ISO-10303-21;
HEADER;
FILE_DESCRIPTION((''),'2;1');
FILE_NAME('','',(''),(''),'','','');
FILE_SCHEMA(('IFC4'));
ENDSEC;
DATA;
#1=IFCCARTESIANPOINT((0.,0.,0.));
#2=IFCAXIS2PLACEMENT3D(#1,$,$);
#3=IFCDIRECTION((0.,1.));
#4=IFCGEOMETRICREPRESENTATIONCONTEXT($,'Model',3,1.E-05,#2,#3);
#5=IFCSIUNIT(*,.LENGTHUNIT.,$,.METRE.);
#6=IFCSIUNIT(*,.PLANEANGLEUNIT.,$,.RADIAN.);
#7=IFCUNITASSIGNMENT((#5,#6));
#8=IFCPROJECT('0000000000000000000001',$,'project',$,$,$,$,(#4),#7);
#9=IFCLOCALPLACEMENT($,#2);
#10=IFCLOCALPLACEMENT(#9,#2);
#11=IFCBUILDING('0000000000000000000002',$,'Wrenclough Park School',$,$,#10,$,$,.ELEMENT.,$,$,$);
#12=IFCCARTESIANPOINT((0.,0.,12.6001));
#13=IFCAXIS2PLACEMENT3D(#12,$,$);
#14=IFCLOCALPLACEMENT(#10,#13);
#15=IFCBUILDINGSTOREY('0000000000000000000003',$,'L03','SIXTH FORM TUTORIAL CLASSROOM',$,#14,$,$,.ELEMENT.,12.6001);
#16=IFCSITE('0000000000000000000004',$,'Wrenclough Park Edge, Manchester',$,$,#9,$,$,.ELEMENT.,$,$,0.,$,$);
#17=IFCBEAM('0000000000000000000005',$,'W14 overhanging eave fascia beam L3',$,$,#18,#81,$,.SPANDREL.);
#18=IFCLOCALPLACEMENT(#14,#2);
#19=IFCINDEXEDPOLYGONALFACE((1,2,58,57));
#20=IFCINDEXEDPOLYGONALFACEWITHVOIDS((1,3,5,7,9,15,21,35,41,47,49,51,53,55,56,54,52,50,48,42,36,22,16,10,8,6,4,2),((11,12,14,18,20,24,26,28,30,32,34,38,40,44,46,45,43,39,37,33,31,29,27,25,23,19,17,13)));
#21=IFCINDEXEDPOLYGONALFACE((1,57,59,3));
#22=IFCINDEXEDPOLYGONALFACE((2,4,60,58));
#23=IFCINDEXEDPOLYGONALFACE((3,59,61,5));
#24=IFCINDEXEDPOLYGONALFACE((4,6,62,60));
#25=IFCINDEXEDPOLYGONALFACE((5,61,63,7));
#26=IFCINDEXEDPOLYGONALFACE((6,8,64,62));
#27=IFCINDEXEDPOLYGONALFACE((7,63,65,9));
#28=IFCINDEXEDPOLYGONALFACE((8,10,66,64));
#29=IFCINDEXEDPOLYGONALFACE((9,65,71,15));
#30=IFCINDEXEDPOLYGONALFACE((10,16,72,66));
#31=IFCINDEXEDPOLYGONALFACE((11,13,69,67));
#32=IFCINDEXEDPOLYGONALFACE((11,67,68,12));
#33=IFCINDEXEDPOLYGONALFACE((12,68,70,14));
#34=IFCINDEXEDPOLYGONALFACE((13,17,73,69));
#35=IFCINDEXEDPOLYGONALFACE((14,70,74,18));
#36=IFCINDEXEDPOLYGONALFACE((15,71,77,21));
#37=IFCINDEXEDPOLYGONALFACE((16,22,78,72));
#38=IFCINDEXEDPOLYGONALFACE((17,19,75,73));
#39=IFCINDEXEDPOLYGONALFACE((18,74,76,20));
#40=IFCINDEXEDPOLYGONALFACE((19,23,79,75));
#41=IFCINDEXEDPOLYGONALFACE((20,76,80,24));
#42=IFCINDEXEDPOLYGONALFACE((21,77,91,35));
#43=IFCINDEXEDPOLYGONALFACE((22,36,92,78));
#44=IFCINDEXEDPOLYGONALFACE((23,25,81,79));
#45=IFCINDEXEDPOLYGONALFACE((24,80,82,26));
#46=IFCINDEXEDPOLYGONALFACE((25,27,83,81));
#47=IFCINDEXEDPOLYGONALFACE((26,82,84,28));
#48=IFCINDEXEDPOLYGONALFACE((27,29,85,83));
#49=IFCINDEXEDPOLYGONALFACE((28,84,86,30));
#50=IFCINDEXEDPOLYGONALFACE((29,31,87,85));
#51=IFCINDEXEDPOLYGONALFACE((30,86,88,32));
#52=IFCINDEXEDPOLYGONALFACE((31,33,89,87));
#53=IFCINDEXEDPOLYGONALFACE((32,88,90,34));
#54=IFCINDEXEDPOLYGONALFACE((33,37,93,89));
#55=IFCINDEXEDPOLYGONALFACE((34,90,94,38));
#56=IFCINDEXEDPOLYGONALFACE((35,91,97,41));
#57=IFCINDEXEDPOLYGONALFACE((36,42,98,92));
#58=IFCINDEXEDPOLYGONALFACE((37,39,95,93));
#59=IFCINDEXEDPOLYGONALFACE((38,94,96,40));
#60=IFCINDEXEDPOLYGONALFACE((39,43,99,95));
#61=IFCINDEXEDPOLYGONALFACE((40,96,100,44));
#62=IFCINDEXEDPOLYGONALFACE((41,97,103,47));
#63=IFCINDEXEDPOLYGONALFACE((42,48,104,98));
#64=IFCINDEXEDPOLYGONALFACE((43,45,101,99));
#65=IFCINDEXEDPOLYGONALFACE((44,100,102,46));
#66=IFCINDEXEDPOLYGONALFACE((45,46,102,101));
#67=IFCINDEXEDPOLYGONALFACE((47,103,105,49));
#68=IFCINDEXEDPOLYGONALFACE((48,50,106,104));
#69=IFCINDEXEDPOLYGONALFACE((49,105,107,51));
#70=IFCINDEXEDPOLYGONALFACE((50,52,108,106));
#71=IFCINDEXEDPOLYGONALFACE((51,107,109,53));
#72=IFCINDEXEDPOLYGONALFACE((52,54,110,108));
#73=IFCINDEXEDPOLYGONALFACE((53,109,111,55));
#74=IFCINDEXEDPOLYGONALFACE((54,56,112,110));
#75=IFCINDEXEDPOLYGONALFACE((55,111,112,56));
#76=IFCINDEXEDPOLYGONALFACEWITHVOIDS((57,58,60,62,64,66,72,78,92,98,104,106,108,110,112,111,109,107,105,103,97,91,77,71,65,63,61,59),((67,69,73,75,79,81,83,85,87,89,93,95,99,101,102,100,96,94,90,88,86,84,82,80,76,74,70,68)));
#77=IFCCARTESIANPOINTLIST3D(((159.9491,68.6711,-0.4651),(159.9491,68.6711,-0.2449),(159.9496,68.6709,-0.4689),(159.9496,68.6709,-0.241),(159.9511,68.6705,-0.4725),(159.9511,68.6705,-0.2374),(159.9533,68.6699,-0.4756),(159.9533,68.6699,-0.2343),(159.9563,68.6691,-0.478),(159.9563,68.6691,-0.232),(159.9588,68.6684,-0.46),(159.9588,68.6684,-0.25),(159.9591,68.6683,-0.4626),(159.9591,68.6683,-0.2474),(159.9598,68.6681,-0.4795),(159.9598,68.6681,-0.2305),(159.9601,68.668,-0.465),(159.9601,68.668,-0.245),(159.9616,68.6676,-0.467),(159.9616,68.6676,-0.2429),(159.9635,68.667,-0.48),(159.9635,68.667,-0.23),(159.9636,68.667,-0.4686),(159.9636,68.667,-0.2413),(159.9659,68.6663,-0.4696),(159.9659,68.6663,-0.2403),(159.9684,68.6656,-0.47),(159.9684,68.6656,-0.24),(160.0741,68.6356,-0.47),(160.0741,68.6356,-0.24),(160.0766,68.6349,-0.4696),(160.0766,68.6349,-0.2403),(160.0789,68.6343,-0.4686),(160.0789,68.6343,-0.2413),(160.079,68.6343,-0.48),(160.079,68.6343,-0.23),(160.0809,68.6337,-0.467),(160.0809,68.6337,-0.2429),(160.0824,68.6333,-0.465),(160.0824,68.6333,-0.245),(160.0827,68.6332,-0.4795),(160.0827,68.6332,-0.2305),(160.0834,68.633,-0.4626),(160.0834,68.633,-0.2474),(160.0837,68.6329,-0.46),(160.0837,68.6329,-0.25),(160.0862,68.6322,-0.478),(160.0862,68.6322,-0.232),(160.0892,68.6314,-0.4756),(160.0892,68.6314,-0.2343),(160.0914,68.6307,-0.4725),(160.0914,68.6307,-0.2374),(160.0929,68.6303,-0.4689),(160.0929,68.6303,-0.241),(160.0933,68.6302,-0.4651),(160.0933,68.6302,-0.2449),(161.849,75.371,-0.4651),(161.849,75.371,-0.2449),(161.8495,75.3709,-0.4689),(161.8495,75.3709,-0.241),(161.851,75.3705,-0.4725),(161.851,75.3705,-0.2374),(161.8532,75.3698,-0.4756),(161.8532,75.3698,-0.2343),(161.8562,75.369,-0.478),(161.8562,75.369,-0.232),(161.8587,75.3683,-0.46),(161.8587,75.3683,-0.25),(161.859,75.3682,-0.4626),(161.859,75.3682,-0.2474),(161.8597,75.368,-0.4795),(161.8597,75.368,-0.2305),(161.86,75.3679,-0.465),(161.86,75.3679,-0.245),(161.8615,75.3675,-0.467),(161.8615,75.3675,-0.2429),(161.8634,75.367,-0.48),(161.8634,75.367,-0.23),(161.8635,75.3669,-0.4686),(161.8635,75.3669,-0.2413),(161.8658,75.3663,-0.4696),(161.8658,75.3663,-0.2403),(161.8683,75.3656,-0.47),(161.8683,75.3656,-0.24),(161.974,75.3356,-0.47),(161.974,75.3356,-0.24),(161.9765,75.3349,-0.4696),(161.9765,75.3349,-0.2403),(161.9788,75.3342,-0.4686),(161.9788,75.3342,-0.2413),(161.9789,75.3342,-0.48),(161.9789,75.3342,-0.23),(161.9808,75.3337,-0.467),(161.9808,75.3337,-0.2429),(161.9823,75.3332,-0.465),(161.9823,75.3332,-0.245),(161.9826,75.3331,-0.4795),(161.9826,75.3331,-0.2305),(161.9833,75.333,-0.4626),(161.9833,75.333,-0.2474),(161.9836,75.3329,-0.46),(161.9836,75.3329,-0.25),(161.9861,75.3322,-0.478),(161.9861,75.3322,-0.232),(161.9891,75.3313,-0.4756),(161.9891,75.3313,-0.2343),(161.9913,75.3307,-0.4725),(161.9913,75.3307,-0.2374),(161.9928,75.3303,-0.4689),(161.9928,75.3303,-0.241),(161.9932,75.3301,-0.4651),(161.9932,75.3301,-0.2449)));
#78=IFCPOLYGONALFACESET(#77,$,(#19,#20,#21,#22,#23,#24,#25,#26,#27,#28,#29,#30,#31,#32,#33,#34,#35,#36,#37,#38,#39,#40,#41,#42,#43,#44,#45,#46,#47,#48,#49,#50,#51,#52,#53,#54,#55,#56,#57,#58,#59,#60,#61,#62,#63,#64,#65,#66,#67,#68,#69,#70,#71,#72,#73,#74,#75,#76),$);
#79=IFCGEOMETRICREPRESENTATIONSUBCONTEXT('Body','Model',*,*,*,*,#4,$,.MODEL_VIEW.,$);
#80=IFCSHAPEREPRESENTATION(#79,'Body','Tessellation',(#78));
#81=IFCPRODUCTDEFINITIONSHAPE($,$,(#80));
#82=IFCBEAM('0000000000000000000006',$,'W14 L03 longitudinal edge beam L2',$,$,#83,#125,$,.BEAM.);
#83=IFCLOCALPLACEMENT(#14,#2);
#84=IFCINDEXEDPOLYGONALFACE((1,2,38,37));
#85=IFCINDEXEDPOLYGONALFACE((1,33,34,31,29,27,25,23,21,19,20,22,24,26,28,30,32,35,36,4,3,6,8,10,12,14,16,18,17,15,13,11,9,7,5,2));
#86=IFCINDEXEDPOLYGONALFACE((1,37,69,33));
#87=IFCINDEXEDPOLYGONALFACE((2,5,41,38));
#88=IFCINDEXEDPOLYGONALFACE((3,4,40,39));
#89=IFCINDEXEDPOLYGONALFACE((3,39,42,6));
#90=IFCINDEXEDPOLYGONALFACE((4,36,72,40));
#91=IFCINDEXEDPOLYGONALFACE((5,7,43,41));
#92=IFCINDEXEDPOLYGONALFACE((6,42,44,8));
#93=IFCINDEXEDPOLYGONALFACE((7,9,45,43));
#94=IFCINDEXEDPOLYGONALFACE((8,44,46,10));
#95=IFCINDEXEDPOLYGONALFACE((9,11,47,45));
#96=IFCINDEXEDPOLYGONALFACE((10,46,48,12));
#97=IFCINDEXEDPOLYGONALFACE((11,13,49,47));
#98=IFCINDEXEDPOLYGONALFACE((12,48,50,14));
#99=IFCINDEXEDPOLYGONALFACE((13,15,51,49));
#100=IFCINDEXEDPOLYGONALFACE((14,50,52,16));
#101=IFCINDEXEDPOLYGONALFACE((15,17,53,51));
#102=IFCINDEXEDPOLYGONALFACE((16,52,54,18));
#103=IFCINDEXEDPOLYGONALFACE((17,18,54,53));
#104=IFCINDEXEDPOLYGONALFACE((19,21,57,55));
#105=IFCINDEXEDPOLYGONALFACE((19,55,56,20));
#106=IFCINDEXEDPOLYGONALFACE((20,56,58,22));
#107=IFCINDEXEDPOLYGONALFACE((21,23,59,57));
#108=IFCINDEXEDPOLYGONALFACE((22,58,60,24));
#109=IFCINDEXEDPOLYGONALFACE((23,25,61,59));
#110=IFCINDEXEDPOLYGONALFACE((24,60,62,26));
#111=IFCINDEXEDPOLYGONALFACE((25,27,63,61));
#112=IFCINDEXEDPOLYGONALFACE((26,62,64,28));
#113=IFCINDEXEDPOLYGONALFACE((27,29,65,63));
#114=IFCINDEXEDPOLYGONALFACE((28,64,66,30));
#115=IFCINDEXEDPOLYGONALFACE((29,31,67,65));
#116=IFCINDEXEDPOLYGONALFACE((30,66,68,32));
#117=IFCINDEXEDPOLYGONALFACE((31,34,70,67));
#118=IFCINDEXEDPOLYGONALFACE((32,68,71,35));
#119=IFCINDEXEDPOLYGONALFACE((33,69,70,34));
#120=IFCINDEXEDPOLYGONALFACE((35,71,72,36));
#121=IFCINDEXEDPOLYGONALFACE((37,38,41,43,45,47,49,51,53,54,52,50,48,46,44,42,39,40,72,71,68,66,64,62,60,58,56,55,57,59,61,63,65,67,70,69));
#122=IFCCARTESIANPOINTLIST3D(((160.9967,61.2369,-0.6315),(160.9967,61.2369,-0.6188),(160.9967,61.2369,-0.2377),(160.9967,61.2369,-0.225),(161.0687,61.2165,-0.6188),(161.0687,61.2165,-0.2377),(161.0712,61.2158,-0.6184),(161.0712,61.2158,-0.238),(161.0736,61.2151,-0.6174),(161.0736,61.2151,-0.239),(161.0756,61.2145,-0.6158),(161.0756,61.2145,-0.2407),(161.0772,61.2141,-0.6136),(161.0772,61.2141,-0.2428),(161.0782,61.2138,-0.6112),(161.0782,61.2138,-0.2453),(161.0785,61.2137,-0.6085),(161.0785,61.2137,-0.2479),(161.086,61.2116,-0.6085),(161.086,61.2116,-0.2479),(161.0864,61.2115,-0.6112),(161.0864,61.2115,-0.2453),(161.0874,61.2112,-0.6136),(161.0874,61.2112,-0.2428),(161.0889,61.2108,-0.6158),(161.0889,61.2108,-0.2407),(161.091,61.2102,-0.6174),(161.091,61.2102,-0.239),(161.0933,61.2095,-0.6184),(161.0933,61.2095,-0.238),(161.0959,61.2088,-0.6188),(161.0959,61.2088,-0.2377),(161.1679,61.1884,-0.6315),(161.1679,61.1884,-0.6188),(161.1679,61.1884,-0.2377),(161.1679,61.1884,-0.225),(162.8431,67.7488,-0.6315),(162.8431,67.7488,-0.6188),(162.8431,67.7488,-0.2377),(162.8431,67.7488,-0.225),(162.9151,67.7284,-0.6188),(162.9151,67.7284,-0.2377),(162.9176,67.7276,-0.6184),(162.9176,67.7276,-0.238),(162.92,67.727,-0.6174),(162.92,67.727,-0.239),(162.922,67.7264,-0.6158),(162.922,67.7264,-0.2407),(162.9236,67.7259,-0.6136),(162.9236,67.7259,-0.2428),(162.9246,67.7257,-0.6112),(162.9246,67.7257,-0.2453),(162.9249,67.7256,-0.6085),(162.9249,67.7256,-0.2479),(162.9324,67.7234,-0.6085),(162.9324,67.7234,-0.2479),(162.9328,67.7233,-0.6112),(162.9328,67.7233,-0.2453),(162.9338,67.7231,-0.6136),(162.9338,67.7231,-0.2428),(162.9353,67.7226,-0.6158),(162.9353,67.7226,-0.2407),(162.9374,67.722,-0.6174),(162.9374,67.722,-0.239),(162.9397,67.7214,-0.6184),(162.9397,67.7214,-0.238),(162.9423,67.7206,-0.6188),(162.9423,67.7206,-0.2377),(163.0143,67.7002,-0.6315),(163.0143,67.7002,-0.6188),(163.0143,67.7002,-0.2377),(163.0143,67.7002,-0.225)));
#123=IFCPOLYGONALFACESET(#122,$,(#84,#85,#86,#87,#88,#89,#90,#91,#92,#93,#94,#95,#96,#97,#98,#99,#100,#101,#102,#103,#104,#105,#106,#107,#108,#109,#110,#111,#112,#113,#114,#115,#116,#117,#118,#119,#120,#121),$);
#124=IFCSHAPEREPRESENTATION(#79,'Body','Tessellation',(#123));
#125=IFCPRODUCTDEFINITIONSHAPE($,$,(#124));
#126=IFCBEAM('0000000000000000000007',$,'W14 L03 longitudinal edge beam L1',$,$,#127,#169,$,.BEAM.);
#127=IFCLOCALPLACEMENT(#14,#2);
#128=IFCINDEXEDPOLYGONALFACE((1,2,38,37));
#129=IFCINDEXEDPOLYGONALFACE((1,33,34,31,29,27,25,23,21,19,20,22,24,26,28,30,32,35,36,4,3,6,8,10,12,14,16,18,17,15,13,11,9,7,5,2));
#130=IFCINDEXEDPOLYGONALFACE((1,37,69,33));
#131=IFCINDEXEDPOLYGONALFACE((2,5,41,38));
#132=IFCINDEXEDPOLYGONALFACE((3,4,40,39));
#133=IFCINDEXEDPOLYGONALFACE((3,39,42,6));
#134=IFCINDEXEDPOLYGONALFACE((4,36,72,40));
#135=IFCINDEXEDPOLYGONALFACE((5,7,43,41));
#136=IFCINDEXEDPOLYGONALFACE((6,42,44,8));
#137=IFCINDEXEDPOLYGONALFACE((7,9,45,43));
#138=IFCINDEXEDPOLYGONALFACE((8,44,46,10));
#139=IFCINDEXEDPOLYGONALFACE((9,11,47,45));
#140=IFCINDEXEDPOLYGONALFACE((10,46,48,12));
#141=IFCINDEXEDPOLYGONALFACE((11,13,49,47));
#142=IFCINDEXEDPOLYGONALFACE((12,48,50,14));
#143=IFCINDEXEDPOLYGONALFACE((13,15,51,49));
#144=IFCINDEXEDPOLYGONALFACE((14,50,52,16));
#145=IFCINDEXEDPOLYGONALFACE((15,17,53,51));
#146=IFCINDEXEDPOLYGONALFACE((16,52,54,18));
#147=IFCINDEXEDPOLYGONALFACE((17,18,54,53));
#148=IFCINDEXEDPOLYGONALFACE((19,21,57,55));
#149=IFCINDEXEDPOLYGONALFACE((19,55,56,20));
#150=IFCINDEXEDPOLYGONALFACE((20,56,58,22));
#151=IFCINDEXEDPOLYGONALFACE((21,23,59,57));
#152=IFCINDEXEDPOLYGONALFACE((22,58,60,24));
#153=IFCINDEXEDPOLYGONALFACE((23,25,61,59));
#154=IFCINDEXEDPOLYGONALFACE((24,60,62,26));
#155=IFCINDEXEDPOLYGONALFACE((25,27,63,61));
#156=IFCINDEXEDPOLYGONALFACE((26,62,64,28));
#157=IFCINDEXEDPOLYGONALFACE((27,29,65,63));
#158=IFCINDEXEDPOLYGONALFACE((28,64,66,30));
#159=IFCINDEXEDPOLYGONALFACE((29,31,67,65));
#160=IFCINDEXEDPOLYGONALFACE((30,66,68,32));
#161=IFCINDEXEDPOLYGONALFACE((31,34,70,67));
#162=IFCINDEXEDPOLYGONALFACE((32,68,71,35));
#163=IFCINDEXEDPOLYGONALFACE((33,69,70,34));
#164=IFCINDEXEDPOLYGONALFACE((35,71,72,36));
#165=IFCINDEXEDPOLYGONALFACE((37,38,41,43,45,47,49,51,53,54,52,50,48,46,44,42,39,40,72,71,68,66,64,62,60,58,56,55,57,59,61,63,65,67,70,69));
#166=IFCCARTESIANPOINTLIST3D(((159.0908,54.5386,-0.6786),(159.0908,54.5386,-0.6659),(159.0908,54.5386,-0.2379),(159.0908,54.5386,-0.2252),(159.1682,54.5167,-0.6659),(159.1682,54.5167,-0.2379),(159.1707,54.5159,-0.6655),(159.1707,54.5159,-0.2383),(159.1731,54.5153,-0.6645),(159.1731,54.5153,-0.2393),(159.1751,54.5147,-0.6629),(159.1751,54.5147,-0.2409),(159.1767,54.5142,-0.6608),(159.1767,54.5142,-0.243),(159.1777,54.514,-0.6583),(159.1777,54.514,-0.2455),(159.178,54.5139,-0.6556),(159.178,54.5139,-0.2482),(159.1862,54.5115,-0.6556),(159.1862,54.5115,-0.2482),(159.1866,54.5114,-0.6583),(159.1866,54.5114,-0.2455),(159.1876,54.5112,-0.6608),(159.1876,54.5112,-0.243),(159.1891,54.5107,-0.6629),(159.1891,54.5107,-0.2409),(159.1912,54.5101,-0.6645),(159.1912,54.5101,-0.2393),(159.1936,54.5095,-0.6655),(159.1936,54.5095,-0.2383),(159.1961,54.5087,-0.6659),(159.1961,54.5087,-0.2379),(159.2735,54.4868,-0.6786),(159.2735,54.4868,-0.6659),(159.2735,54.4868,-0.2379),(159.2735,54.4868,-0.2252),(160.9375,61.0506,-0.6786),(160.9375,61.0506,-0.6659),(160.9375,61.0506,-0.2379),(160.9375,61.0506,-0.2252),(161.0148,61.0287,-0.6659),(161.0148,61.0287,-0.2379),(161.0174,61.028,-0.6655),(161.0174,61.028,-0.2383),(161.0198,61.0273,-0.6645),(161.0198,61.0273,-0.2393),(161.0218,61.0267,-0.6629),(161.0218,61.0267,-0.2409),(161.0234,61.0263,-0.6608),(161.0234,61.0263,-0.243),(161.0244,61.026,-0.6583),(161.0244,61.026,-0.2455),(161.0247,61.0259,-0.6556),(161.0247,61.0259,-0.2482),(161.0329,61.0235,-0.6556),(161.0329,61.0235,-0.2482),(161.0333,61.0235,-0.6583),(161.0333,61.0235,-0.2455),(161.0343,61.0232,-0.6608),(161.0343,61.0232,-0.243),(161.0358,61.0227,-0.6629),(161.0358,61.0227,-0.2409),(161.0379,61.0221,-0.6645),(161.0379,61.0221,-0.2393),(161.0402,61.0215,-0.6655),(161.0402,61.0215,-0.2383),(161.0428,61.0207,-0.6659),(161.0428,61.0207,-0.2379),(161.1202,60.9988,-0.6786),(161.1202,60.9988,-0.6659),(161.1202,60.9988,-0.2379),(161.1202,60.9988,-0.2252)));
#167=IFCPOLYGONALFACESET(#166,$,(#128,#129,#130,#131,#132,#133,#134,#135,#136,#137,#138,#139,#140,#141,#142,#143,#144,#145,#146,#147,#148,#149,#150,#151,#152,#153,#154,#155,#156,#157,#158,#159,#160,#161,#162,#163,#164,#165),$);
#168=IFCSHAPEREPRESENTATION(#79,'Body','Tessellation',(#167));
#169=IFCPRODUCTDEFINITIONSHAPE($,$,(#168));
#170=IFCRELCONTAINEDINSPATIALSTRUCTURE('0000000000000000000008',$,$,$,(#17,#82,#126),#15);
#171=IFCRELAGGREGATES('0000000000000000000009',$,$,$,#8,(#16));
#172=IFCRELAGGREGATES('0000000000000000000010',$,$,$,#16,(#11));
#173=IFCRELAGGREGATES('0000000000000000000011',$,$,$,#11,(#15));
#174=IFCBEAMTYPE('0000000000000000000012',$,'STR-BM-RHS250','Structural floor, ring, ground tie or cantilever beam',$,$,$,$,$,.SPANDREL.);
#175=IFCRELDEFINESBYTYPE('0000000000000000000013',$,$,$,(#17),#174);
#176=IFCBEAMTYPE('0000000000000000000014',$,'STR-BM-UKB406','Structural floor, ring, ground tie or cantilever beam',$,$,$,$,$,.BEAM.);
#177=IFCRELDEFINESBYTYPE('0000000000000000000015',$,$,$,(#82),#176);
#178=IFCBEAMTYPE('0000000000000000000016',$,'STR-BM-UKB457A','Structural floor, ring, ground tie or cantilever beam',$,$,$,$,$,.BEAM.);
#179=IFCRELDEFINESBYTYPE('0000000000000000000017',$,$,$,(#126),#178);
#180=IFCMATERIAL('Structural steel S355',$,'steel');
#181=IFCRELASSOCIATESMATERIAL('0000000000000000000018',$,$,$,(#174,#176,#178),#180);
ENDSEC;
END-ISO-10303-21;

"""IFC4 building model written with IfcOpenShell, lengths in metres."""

from ifc_helpers import new_model, si_unit, direction, frame, origin, origin_2d, place, context, subcontext, project, spatial, hollow_rectangle, i_section, extrude, material, material_profile, profile_set, type_object, element, save


model = new_model("IFC4")

# Units and contexts
model_context = context("Model", 3, precision=1e-05, world=origin(), true_north=direction((0.0, 1.0)))
body_context = subcontext(model_context, "Body", "Model", "MODEL_VIEW")
ifc_project = project(units=[si_unit("LENGTHUNIT", "METRE"), si_unit("PLANEANGLEUNIT", "RADIAN")], contexts=[model_context])

# Site, building, storey
site_placement = place(None, origin())
site = spatial("IfcSite", under=ifc_project, at=site_placement, Name="Wrenclough Park Edge, Manchester", CompositionType="ELEMENT", RefElevation=0.0)
building_placement = place(site_placement, origin())
building = spatial("IfcBuilding", under=site, at=building_placement, Name="Wrenclough Park School", CompositionType="ELEMENT")
storey_placement = place(building_placement, frame((0.0, 0.0, 12.6001)))
storey = spatial("IfcBuildingStorey", under=building, at=storey_placement, Name="L03", Description="SIXTH FORM TUTORIAL CLASSROOM", CompositionType="ELEMENT", Elevation=12.6001)

# Beams
ifc_material_1 = material(Name="Structural steel S355", Category="steel")
ifc_material_profile_1 = material_profile(ifc_material_1, hollow_rectangle(XDim=0.1499, YDim=0.25, WallThickness=0.01, InnerFilletRadius=0.01, OuterFilletRadius=0.0149, at=origin_2d()), Name="RHS 250x150x10.0")
ifc_profile_set_1 = profile_set([ifc_material_profile_1], Name="Structural steel S355")
beam_type_1 = type_object("IfcBeamType", Name="STR-BM-RHS250", Description="Structural floor, ring, ground tie or cantilever beam", PredefinedType="SPANDREL", material=ifc_profile_set_1)
for number, where, z_axis, x_axis, name in (
    (1, (160.0212, 68.6506, -0.355), (0.272813, 0.962067, 0.0), (-0.962067, 0.272813, 0.0), "W14 overhanging eave fascia beam L3"),
):
    element("IfcBeam", number, at=place(storey_placement, frame(where, z_axis=z_axis, x_axis=x_axis)), inside=storey, type_object=beam_type_1, Name=name, PredefinedType="SPANDREL", context=body_context, shape_type="SweptSolid", body=[
        extrude(hollow_rectangle(XDim=0.1499, YDim=0.25, WallThickness=0.01, InnerFilletRadius=0.01, OuterFilletRadius=0.0149, at=origin_2d()), origin(), (0.0, 0.0, 1.0), 6.9641),
    ])
ifc_material_profile_2 = material_profile(ifc_material_1, i_section(OverallWidth=0.178, OverallDepth=0.4065, WebThickness=0.0078, FlangeThickness=0.0127, FilletRadius=0.0103, at=origin_2d()), Name="UKB 406x178x60")
ifc_profile_set_2 = profile_set([ifc_material_profile_2], Name="Structural steel S355")
beam_type_2 = type_object("IfcBeamType", Name="STR-BM-UKB406", Description="Structural floor, ring, ground tie or cantilever beam", PredefinedType="BEAM", material=ifc_profile_set_2)
beam_1_placement = place(storey_placement, frame((161.0823, 61.2126, -0.4282), z_axis=(0.272791, 0.962073, 0.0), x_axis=(-0.962073, 0.272791, 0.0)))
element("IfcBeam", 2, at=beam_1_placement, inside=storey, type_object=beam_type_2, Name="W14 L03 longitudinal edge beam L2", PredefinedType="BEAM", context=body_context, shape_type="SweptSolid", body=[
    extrude(i_section(OverallWidth=0.178, OverallDepth=0.4065, WebThickness=0.0078, FlangeThickness=0.0127, FilletRadius=0.0103, at=origin_2d()), origin(), (0.0, 0.0, 1.0), 6.7686),
])
ifc_material_profile_3 = material_profile(ifc_material_1, i_section(OverallWidth=0.1899, OverallDepth=0.4534, WebThickness=0.0085, FlangeThickness=0.0127, FilletRadius=0.0103, at=origin_2d()), Name="UKB 457x191x67")
ifc_profile_set_3 = profile_set([ifc_material_profile_3], Name="Structural steel S355")
beam_type_3 = type_object("IfcBeamType", Name="STR-BM-UKB457A", Description="Structural floor, ring, ground tie or cantilever beam", PredefinedType="BEAM", material=ifc_profile_set_3)
for number, where, z_axis, x_axis, name in (
    (3, (159.1821, 54.5127, -0.4519), (0.272825, 0.962064, 0.0), (-0.962064, 0.272825, 0.0), "W14 L03 longitudinal edge beam L1"),
):
    element("IfcBeam", number, at=place(storey_placement, frame(where, z_axis=z_axis, x_axis=x_axis)), inside=storey, type_object=beam_type_3, Name=name, PredefinedType="BEAM", context=body_context, shape_type="SweptSolid", body=[
        extrude(i_section(OverallWidth=0.1899, OverallDepth=0.4534, WebThickness=0.0085, FlangeThickness=0.0127, FilletRadius=0.0103, at=origin_2d()), origin(), (0.0, 0.0, 1.0), 6.7688),
    ])

save(model, "model.ifc")
